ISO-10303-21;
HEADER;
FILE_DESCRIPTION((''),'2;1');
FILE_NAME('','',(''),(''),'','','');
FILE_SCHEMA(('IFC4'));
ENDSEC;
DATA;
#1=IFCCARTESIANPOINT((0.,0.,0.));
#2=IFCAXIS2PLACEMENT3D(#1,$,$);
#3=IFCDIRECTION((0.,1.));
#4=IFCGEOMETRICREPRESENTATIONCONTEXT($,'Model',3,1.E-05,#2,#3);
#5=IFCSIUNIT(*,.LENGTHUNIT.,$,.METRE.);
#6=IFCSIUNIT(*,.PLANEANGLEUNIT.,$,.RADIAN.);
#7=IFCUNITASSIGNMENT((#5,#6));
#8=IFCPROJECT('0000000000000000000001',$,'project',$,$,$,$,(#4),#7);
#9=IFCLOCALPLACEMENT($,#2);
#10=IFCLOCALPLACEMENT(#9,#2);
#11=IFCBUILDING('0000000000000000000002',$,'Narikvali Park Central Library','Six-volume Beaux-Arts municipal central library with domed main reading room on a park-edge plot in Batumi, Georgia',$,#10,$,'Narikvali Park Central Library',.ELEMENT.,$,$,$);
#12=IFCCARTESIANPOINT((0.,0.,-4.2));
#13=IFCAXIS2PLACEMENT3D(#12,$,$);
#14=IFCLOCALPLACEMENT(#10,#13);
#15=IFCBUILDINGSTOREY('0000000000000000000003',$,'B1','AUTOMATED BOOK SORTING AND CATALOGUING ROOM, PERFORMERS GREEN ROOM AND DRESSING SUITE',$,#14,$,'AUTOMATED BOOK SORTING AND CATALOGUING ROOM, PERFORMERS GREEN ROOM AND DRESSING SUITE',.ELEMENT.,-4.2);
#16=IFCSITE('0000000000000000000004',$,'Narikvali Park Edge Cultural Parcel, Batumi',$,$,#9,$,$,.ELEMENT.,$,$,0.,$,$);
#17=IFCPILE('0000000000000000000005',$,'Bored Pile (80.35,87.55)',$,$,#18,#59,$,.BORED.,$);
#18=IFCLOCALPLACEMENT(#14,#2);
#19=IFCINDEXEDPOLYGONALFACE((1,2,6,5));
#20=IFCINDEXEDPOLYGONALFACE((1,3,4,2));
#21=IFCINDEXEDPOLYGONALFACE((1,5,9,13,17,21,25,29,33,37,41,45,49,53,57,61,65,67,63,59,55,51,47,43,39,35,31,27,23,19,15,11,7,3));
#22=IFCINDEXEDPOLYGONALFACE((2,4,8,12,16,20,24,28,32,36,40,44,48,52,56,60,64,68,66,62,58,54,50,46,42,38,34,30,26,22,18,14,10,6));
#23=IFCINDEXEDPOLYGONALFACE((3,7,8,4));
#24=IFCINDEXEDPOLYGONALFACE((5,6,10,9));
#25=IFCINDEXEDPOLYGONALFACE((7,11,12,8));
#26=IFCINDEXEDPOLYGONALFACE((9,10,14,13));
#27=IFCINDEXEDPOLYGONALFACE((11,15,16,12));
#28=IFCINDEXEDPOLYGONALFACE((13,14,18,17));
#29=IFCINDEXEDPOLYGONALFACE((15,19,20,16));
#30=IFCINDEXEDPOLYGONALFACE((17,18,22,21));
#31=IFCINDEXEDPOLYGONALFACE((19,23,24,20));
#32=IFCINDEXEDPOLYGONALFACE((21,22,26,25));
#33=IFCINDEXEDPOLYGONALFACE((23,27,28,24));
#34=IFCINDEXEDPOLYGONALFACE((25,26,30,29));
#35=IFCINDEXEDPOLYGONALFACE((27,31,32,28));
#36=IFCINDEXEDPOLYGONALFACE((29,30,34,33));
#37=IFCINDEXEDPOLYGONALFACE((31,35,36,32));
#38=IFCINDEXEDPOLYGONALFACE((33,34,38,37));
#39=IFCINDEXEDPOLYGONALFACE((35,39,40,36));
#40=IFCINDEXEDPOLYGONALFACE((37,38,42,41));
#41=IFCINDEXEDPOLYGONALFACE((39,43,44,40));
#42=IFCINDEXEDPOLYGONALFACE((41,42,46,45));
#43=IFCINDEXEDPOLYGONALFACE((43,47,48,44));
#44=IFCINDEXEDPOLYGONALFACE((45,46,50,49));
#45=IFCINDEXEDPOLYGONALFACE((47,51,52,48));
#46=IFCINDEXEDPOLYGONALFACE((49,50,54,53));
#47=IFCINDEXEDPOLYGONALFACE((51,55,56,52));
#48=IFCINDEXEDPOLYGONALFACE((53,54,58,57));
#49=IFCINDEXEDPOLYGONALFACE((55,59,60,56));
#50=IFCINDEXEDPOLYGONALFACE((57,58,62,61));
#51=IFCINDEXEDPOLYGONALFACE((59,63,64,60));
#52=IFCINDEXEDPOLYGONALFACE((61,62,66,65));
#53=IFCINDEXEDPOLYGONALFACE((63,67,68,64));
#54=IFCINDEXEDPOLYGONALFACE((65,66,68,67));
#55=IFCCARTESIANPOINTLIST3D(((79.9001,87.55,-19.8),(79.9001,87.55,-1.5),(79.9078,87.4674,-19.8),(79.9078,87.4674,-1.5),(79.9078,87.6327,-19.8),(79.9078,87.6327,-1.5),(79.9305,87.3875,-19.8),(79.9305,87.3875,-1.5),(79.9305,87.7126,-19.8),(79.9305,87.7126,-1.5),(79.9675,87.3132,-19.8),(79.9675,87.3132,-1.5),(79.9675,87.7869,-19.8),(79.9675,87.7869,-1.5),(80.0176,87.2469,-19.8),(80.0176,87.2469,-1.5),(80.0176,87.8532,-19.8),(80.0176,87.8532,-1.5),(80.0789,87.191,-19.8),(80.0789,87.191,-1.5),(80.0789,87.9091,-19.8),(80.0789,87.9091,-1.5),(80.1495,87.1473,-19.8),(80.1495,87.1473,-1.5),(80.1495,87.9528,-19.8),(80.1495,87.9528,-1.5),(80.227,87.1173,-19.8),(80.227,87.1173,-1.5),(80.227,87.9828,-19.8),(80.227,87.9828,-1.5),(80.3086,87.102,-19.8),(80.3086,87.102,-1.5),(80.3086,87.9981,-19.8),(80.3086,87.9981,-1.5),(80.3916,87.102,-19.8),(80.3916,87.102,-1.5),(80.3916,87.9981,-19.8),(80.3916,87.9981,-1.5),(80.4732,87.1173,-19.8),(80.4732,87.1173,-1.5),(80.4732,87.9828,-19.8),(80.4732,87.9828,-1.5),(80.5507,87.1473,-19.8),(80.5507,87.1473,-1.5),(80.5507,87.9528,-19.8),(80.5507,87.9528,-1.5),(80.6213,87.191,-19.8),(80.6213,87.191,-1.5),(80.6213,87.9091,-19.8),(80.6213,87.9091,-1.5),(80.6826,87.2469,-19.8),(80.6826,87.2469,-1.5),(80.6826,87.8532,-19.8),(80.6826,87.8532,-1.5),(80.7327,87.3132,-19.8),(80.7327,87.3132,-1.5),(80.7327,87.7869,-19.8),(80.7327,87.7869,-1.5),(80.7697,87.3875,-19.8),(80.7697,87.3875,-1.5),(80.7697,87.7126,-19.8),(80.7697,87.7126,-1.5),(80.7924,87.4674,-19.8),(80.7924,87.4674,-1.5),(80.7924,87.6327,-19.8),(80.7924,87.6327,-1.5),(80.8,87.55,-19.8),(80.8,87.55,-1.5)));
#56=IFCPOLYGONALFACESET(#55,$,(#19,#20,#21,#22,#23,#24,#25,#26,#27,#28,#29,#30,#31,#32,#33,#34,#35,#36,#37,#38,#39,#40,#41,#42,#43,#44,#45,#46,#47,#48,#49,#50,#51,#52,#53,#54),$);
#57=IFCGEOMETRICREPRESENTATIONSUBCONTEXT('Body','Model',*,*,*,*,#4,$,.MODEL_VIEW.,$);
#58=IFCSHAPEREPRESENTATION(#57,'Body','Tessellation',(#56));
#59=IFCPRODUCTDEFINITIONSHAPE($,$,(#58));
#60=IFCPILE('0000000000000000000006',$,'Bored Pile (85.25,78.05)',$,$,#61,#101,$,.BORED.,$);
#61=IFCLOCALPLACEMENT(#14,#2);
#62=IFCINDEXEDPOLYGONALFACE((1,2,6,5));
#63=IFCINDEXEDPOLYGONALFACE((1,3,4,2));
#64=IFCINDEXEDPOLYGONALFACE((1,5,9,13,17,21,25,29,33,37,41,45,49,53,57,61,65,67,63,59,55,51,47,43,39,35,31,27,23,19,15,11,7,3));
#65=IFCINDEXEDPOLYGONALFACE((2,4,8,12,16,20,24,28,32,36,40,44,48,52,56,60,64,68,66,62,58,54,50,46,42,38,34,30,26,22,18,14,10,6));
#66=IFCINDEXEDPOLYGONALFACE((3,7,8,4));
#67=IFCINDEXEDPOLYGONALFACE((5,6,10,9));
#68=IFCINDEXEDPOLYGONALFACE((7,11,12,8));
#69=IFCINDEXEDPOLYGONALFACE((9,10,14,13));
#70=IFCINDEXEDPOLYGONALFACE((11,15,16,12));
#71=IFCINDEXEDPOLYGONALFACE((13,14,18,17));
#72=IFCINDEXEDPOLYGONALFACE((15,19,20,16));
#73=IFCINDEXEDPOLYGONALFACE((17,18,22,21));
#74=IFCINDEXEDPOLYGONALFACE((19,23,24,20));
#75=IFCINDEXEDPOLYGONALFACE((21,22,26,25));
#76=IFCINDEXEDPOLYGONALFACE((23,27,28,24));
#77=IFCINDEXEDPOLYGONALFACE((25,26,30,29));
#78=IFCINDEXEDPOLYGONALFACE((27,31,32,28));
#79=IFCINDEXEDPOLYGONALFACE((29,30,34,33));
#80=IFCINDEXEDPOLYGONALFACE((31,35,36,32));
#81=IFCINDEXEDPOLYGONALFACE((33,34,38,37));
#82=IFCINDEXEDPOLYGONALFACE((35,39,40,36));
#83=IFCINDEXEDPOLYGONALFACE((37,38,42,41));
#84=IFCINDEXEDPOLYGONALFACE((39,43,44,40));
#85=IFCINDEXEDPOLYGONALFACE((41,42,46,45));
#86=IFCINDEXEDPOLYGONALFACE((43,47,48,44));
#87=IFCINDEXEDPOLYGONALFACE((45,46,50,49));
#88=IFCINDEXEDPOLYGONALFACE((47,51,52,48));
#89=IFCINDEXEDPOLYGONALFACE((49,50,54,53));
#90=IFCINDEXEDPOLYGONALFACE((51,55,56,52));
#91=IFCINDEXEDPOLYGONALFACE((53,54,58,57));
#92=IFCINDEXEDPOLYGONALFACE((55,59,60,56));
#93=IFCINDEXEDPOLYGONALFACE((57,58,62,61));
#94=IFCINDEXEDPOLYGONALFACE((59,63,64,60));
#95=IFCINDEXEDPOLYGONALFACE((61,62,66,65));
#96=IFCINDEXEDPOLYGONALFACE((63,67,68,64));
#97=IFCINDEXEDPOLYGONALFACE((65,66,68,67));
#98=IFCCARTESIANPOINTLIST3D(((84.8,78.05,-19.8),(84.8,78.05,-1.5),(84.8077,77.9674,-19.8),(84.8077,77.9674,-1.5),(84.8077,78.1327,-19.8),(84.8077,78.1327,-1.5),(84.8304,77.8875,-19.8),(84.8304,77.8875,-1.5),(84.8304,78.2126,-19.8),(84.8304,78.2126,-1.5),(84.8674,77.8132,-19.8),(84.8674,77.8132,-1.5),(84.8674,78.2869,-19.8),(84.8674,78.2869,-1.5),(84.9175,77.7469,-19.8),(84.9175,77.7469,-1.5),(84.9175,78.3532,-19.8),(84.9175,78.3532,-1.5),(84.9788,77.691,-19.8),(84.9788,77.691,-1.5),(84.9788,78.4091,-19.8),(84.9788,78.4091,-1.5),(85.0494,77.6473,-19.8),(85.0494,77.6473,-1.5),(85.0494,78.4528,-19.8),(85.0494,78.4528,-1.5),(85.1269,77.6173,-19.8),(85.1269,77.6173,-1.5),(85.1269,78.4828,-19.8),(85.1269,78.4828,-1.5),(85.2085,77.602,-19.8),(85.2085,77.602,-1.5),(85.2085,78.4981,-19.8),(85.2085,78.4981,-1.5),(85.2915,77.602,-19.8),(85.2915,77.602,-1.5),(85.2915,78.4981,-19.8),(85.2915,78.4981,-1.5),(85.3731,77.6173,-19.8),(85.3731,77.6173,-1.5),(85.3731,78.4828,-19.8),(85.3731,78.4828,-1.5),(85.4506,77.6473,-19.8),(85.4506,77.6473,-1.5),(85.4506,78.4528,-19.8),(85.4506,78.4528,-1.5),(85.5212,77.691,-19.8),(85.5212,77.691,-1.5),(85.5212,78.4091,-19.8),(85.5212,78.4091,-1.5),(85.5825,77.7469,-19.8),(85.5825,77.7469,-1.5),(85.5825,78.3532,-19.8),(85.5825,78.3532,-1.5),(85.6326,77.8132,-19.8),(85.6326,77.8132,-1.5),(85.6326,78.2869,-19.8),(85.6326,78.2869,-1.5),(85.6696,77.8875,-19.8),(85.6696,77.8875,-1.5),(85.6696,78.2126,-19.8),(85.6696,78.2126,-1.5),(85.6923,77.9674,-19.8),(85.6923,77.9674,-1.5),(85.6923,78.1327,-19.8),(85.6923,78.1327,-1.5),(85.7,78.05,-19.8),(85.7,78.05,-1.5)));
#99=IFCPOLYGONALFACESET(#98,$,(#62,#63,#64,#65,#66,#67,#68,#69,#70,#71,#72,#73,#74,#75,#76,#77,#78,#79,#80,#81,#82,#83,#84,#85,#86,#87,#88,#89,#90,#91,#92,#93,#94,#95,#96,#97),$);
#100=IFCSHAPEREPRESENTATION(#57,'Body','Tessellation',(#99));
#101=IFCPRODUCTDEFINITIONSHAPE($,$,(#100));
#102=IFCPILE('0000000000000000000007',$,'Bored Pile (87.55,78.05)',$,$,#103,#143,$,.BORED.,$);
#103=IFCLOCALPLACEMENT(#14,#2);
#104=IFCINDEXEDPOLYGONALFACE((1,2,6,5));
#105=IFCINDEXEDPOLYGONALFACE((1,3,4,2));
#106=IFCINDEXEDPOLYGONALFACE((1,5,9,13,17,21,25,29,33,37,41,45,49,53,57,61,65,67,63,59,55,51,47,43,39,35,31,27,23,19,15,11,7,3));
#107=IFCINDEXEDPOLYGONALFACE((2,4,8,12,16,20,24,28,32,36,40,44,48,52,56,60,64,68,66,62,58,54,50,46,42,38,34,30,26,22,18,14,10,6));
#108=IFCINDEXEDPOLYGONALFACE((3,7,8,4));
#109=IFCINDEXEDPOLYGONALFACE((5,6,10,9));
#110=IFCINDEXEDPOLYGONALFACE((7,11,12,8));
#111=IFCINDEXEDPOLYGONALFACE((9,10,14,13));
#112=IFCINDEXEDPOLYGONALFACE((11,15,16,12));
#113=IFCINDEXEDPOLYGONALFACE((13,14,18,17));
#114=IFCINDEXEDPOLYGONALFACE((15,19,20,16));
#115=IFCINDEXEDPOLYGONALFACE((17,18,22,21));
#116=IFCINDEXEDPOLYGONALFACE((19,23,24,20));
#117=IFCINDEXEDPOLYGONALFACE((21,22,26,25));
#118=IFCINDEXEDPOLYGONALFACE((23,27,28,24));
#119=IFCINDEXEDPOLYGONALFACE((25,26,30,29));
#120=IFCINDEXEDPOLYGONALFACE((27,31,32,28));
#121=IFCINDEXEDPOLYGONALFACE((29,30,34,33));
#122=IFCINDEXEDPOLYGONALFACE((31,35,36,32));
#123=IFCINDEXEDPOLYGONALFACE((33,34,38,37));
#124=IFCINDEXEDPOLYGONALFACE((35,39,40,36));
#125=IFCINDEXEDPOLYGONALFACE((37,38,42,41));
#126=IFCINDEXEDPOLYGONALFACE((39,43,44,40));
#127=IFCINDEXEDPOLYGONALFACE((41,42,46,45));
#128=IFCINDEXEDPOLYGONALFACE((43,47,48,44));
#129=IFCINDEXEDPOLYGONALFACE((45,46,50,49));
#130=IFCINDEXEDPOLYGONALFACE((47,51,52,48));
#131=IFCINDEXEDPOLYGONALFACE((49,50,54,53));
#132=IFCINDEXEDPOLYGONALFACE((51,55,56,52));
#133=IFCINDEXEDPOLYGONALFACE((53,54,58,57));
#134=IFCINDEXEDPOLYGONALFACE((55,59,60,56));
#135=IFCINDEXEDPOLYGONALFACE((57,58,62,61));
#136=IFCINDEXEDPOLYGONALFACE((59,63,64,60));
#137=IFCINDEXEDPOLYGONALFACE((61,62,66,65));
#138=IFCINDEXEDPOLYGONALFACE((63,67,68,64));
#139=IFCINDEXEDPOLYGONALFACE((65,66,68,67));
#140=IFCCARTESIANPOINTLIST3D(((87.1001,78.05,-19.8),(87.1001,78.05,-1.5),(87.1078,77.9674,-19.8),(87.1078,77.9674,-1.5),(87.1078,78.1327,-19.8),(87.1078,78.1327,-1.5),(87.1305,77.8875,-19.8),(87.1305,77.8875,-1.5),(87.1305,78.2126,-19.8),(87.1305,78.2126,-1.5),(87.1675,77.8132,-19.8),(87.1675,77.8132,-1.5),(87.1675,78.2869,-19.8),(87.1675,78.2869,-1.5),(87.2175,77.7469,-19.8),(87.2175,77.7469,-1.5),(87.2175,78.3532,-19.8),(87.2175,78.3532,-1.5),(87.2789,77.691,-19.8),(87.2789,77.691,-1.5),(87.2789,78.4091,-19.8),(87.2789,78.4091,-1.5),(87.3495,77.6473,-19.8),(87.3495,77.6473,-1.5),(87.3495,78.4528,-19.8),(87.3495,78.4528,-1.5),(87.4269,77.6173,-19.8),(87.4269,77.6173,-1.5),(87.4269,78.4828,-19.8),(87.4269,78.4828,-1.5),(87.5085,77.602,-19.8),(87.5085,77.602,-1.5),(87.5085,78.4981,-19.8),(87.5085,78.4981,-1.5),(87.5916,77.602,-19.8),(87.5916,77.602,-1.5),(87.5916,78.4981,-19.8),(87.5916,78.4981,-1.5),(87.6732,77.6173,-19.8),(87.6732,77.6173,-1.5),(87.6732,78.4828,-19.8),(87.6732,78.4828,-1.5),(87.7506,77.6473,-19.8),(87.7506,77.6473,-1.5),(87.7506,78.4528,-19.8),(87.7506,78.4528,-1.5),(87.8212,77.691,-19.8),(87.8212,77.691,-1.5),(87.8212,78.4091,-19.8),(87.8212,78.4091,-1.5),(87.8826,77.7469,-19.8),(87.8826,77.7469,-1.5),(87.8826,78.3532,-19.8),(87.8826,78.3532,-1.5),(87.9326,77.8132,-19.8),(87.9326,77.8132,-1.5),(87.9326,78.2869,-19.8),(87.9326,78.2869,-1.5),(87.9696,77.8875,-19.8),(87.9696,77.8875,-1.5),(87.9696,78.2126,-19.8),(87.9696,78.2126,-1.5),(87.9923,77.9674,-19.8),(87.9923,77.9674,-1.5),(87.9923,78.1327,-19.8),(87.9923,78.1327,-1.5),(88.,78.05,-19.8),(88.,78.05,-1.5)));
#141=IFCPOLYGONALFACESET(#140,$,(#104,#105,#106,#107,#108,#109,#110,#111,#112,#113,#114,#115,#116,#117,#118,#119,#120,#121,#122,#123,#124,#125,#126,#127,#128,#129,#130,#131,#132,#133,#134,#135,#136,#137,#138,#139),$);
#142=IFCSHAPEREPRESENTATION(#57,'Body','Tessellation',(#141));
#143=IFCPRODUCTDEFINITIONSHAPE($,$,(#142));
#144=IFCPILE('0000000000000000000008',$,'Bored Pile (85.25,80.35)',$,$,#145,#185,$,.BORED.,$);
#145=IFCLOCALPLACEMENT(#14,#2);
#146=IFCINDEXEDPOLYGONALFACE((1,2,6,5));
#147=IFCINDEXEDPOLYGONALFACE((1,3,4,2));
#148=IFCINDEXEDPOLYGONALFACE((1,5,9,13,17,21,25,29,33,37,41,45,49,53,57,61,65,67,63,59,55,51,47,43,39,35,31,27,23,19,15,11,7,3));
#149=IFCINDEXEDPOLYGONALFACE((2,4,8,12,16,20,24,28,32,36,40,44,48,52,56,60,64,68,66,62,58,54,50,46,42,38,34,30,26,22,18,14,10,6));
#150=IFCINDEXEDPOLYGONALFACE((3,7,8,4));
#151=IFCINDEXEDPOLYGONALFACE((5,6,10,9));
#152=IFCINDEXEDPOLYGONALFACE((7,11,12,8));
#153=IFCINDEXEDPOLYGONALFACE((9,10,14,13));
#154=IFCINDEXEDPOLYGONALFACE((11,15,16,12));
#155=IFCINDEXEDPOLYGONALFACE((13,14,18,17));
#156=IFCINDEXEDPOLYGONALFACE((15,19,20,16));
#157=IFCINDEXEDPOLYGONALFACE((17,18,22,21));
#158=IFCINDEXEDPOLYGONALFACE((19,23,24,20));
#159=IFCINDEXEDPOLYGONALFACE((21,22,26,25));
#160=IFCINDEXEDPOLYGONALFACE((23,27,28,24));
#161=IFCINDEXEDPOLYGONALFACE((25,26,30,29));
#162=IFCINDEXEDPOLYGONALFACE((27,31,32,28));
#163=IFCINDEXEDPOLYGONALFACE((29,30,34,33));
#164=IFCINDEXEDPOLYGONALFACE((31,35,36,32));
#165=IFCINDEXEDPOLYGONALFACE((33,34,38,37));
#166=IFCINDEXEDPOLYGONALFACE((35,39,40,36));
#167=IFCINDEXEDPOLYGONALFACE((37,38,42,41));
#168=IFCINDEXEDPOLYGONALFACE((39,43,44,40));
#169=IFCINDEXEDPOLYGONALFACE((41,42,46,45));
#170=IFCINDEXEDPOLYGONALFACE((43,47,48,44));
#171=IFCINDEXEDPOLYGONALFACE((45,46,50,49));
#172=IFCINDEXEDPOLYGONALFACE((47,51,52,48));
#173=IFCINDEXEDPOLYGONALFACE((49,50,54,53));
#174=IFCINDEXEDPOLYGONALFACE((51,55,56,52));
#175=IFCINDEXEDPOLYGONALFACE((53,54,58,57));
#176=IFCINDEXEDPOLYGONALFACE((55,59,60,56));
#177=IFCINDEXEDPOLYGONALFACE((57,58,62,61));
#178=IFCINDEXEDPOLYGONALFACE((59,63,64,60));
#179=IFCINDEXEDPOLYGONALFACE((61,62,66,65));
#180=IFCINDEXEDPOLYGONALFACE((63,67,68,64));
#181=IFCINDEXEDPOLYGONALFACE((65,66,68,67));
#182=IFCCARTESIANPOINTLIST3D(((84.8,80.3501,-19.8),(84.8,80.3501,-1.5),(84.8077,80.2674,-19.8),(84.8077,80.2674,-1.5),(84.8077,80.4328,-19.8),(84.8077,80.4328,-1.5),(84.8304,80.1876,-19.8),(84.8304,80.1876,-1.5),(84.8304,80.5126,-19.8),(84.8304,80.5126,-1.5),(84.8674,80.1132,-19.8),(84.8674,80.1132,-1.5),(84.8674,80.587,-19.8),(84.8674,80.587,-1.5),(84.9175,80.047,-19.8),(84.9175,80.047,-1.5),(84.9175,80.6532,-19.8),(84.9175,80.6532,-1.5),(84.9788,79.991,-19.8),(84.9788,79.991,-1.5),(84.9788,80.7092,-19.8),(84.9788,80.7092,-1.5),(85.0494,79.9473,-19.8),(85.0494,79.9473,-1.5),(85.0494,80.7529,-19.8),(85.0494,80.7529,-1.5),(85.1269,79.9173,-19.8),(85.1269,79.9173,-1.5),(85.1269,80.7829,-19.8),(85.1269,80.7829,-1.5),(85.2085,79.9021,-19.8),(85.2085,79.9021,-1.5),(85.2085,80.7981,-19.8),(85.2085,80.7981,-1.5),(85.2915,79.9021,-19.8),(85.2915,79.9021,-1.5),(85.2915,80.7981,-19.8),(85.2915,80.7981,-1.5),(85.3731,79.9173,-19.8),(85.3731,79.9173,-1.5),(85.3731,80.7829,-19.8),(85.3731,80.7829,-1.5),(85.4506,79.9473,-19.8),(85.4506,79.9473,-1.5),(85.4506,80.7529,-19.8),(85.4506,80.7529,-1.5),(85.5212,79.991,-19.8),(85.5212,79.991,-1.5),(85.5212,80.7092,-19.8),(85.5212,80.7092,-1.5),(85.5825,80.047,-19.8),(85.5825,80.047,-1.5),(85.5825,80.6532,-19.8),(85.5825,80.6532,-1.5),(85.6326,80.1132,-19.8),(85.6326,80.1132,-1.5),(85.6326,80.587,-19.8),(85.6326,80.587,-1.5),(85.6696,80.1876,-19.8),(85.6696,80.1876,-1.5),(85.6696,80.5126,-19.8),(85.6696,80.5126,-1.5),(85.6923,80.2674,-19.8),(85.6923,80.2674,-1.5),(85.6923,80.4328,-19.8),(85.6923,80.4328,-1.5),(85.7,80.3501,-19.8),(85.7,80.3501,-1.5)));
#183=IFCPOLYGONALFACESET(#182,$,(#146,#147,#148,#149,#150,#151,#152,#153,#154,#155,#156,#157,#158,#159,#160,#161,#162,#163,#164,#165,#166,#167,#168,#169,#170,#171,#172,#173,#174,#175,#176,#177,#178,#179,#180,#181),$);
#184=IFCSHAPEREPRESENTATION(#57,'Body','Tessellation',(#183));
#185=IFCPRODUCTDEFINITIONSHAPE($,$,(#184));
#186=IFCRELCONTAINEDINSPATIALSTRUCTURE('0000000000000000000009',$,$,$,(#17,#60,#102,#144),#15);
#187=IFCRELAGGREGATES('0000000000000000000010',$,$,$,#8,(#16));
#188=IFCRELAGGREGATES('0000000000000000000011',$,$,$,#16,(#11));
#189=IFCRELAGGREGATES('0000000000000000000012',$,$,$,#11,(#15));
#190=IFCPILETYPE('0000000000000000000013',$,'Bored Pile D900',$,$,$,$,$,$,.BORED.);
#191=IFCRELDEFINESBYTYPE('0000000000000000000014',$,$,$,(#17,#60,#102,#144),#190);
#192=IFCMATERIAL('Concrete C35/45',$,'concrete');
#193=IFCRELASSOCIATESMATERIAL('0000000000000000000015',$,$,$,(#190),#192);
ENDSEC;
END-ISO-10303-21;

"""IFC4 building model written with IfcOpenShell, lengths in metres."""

from ifc_helpers import new_model, si_unit, direction, frame, origin, origin_2d, place, context, subcontext, project, spatial, circle, extrude, material, material_profile, profile_set, type_object, element, save


model = new_model("IFC4")

# Units and contexts
model_context = context("Model", 3, precision=1e-05, world=origin(), true_north=direction((0.0, 1.0)))
body_context = subcontext(model_context, "Body", "Model", "MODEL_VIEW")
ifc_project = project(units=[si_unit("LENGTHUNIT", "METRE"), si_unit("PLANEANGLEUNIT", "RADIAN")], contexts=[model_context])

# Site, building, storey
site_placement = place(None, origin())
site = spatial("IfcSite", under=ifc_project, at=site_placement, Name="Narikvali Park Edge Cultural Parcel, Batumi", CompositionType="ELEMENT", RefElevation=0.0)
building_placement = place(site_placement, origin())
building = spatial("IfcBuilding", under=site, at=building_placement, Name="Narikvali Park Central Library", Description="Six-volume Beaux-Arts municipal central library with domed main reading room on a park-edge plot in Batumi, Georgia", LongName="Narikvali Park Central Library", CompositionType="ELEMENT")
storey_placement = place(building_placement, frame((0.0, 0.0, -4.2)))
storey = spatial("IfcBuildingStorey", under=building, at=storey_placement, Name="B1", Description="AUTOMATED BOOK SORTING AND CATALOGUING ROOM, PERFORMERS GREEN ROOM AND DRESSING SUITE", LongName="AUTOMATED BOOK SORTING AND CATALOGUING ROOM, PERFORMERS GREEN ROOM AND DRESSING SUITE", CompositionType="ELEMENT", Elevation=-4.2)

# Piles
ifc_material_1 = material(Name="Concrete C35/45", Category="concrete")
ifc_material_profile_1 = material_profile(ifc_material_1, circle(Radius=0.45, at=origin_2d()), Name="PILE D900")
ifc_profile_set_1 = profile_set([ifc_material_profile_1], Name="Concrete C35/45")
pile_type = type_object("IfcPileType", Name="Bored Pile D900", PredefinedType="BORED", material=ifc_profile_set_1)
for number, where, z_axis, x_axis, name in (
    (1, (80.3501, 87.55, -1.5), (0.0, 0.0, -1.0), (1.0, 0.0, 0.0), "Bored Pile (80.35,87.55)"),
    (2, (85.25, 78.05, -1.5), (0.0, 0.0, -1.0), (1.0, 0.0, 0.0), "Bored Pile (85.25,78.05)"),
    (3, (87.55, 78.05, -1.5), (0.0, 0.0, -1.0), (1.0, 0.0, 0.0), "Bored Pile (87.55,78.05)"),
    (4, (85.25, 80.3501, -1.5), (0.0, 0.0, -1.0), (1.0, 0.0, 0.0), "Bored Pile (85.25,80.35)"),
):
    element("IfcPile", number, at=place(storey_placement, frame(where, z_axis=z_axis, x_axis=x_axis)), inside=storey, type_object=pile_type, Name=name, PredefinedType="BORED", context=body_context, shape_type="SweptSolid", body=[
        extrude(circle(Radius=0.45, at=origin_2d()), origin(), (0.0, 0.0, 1.0), 18.3),
    ])

save(model, "model.ifc")
